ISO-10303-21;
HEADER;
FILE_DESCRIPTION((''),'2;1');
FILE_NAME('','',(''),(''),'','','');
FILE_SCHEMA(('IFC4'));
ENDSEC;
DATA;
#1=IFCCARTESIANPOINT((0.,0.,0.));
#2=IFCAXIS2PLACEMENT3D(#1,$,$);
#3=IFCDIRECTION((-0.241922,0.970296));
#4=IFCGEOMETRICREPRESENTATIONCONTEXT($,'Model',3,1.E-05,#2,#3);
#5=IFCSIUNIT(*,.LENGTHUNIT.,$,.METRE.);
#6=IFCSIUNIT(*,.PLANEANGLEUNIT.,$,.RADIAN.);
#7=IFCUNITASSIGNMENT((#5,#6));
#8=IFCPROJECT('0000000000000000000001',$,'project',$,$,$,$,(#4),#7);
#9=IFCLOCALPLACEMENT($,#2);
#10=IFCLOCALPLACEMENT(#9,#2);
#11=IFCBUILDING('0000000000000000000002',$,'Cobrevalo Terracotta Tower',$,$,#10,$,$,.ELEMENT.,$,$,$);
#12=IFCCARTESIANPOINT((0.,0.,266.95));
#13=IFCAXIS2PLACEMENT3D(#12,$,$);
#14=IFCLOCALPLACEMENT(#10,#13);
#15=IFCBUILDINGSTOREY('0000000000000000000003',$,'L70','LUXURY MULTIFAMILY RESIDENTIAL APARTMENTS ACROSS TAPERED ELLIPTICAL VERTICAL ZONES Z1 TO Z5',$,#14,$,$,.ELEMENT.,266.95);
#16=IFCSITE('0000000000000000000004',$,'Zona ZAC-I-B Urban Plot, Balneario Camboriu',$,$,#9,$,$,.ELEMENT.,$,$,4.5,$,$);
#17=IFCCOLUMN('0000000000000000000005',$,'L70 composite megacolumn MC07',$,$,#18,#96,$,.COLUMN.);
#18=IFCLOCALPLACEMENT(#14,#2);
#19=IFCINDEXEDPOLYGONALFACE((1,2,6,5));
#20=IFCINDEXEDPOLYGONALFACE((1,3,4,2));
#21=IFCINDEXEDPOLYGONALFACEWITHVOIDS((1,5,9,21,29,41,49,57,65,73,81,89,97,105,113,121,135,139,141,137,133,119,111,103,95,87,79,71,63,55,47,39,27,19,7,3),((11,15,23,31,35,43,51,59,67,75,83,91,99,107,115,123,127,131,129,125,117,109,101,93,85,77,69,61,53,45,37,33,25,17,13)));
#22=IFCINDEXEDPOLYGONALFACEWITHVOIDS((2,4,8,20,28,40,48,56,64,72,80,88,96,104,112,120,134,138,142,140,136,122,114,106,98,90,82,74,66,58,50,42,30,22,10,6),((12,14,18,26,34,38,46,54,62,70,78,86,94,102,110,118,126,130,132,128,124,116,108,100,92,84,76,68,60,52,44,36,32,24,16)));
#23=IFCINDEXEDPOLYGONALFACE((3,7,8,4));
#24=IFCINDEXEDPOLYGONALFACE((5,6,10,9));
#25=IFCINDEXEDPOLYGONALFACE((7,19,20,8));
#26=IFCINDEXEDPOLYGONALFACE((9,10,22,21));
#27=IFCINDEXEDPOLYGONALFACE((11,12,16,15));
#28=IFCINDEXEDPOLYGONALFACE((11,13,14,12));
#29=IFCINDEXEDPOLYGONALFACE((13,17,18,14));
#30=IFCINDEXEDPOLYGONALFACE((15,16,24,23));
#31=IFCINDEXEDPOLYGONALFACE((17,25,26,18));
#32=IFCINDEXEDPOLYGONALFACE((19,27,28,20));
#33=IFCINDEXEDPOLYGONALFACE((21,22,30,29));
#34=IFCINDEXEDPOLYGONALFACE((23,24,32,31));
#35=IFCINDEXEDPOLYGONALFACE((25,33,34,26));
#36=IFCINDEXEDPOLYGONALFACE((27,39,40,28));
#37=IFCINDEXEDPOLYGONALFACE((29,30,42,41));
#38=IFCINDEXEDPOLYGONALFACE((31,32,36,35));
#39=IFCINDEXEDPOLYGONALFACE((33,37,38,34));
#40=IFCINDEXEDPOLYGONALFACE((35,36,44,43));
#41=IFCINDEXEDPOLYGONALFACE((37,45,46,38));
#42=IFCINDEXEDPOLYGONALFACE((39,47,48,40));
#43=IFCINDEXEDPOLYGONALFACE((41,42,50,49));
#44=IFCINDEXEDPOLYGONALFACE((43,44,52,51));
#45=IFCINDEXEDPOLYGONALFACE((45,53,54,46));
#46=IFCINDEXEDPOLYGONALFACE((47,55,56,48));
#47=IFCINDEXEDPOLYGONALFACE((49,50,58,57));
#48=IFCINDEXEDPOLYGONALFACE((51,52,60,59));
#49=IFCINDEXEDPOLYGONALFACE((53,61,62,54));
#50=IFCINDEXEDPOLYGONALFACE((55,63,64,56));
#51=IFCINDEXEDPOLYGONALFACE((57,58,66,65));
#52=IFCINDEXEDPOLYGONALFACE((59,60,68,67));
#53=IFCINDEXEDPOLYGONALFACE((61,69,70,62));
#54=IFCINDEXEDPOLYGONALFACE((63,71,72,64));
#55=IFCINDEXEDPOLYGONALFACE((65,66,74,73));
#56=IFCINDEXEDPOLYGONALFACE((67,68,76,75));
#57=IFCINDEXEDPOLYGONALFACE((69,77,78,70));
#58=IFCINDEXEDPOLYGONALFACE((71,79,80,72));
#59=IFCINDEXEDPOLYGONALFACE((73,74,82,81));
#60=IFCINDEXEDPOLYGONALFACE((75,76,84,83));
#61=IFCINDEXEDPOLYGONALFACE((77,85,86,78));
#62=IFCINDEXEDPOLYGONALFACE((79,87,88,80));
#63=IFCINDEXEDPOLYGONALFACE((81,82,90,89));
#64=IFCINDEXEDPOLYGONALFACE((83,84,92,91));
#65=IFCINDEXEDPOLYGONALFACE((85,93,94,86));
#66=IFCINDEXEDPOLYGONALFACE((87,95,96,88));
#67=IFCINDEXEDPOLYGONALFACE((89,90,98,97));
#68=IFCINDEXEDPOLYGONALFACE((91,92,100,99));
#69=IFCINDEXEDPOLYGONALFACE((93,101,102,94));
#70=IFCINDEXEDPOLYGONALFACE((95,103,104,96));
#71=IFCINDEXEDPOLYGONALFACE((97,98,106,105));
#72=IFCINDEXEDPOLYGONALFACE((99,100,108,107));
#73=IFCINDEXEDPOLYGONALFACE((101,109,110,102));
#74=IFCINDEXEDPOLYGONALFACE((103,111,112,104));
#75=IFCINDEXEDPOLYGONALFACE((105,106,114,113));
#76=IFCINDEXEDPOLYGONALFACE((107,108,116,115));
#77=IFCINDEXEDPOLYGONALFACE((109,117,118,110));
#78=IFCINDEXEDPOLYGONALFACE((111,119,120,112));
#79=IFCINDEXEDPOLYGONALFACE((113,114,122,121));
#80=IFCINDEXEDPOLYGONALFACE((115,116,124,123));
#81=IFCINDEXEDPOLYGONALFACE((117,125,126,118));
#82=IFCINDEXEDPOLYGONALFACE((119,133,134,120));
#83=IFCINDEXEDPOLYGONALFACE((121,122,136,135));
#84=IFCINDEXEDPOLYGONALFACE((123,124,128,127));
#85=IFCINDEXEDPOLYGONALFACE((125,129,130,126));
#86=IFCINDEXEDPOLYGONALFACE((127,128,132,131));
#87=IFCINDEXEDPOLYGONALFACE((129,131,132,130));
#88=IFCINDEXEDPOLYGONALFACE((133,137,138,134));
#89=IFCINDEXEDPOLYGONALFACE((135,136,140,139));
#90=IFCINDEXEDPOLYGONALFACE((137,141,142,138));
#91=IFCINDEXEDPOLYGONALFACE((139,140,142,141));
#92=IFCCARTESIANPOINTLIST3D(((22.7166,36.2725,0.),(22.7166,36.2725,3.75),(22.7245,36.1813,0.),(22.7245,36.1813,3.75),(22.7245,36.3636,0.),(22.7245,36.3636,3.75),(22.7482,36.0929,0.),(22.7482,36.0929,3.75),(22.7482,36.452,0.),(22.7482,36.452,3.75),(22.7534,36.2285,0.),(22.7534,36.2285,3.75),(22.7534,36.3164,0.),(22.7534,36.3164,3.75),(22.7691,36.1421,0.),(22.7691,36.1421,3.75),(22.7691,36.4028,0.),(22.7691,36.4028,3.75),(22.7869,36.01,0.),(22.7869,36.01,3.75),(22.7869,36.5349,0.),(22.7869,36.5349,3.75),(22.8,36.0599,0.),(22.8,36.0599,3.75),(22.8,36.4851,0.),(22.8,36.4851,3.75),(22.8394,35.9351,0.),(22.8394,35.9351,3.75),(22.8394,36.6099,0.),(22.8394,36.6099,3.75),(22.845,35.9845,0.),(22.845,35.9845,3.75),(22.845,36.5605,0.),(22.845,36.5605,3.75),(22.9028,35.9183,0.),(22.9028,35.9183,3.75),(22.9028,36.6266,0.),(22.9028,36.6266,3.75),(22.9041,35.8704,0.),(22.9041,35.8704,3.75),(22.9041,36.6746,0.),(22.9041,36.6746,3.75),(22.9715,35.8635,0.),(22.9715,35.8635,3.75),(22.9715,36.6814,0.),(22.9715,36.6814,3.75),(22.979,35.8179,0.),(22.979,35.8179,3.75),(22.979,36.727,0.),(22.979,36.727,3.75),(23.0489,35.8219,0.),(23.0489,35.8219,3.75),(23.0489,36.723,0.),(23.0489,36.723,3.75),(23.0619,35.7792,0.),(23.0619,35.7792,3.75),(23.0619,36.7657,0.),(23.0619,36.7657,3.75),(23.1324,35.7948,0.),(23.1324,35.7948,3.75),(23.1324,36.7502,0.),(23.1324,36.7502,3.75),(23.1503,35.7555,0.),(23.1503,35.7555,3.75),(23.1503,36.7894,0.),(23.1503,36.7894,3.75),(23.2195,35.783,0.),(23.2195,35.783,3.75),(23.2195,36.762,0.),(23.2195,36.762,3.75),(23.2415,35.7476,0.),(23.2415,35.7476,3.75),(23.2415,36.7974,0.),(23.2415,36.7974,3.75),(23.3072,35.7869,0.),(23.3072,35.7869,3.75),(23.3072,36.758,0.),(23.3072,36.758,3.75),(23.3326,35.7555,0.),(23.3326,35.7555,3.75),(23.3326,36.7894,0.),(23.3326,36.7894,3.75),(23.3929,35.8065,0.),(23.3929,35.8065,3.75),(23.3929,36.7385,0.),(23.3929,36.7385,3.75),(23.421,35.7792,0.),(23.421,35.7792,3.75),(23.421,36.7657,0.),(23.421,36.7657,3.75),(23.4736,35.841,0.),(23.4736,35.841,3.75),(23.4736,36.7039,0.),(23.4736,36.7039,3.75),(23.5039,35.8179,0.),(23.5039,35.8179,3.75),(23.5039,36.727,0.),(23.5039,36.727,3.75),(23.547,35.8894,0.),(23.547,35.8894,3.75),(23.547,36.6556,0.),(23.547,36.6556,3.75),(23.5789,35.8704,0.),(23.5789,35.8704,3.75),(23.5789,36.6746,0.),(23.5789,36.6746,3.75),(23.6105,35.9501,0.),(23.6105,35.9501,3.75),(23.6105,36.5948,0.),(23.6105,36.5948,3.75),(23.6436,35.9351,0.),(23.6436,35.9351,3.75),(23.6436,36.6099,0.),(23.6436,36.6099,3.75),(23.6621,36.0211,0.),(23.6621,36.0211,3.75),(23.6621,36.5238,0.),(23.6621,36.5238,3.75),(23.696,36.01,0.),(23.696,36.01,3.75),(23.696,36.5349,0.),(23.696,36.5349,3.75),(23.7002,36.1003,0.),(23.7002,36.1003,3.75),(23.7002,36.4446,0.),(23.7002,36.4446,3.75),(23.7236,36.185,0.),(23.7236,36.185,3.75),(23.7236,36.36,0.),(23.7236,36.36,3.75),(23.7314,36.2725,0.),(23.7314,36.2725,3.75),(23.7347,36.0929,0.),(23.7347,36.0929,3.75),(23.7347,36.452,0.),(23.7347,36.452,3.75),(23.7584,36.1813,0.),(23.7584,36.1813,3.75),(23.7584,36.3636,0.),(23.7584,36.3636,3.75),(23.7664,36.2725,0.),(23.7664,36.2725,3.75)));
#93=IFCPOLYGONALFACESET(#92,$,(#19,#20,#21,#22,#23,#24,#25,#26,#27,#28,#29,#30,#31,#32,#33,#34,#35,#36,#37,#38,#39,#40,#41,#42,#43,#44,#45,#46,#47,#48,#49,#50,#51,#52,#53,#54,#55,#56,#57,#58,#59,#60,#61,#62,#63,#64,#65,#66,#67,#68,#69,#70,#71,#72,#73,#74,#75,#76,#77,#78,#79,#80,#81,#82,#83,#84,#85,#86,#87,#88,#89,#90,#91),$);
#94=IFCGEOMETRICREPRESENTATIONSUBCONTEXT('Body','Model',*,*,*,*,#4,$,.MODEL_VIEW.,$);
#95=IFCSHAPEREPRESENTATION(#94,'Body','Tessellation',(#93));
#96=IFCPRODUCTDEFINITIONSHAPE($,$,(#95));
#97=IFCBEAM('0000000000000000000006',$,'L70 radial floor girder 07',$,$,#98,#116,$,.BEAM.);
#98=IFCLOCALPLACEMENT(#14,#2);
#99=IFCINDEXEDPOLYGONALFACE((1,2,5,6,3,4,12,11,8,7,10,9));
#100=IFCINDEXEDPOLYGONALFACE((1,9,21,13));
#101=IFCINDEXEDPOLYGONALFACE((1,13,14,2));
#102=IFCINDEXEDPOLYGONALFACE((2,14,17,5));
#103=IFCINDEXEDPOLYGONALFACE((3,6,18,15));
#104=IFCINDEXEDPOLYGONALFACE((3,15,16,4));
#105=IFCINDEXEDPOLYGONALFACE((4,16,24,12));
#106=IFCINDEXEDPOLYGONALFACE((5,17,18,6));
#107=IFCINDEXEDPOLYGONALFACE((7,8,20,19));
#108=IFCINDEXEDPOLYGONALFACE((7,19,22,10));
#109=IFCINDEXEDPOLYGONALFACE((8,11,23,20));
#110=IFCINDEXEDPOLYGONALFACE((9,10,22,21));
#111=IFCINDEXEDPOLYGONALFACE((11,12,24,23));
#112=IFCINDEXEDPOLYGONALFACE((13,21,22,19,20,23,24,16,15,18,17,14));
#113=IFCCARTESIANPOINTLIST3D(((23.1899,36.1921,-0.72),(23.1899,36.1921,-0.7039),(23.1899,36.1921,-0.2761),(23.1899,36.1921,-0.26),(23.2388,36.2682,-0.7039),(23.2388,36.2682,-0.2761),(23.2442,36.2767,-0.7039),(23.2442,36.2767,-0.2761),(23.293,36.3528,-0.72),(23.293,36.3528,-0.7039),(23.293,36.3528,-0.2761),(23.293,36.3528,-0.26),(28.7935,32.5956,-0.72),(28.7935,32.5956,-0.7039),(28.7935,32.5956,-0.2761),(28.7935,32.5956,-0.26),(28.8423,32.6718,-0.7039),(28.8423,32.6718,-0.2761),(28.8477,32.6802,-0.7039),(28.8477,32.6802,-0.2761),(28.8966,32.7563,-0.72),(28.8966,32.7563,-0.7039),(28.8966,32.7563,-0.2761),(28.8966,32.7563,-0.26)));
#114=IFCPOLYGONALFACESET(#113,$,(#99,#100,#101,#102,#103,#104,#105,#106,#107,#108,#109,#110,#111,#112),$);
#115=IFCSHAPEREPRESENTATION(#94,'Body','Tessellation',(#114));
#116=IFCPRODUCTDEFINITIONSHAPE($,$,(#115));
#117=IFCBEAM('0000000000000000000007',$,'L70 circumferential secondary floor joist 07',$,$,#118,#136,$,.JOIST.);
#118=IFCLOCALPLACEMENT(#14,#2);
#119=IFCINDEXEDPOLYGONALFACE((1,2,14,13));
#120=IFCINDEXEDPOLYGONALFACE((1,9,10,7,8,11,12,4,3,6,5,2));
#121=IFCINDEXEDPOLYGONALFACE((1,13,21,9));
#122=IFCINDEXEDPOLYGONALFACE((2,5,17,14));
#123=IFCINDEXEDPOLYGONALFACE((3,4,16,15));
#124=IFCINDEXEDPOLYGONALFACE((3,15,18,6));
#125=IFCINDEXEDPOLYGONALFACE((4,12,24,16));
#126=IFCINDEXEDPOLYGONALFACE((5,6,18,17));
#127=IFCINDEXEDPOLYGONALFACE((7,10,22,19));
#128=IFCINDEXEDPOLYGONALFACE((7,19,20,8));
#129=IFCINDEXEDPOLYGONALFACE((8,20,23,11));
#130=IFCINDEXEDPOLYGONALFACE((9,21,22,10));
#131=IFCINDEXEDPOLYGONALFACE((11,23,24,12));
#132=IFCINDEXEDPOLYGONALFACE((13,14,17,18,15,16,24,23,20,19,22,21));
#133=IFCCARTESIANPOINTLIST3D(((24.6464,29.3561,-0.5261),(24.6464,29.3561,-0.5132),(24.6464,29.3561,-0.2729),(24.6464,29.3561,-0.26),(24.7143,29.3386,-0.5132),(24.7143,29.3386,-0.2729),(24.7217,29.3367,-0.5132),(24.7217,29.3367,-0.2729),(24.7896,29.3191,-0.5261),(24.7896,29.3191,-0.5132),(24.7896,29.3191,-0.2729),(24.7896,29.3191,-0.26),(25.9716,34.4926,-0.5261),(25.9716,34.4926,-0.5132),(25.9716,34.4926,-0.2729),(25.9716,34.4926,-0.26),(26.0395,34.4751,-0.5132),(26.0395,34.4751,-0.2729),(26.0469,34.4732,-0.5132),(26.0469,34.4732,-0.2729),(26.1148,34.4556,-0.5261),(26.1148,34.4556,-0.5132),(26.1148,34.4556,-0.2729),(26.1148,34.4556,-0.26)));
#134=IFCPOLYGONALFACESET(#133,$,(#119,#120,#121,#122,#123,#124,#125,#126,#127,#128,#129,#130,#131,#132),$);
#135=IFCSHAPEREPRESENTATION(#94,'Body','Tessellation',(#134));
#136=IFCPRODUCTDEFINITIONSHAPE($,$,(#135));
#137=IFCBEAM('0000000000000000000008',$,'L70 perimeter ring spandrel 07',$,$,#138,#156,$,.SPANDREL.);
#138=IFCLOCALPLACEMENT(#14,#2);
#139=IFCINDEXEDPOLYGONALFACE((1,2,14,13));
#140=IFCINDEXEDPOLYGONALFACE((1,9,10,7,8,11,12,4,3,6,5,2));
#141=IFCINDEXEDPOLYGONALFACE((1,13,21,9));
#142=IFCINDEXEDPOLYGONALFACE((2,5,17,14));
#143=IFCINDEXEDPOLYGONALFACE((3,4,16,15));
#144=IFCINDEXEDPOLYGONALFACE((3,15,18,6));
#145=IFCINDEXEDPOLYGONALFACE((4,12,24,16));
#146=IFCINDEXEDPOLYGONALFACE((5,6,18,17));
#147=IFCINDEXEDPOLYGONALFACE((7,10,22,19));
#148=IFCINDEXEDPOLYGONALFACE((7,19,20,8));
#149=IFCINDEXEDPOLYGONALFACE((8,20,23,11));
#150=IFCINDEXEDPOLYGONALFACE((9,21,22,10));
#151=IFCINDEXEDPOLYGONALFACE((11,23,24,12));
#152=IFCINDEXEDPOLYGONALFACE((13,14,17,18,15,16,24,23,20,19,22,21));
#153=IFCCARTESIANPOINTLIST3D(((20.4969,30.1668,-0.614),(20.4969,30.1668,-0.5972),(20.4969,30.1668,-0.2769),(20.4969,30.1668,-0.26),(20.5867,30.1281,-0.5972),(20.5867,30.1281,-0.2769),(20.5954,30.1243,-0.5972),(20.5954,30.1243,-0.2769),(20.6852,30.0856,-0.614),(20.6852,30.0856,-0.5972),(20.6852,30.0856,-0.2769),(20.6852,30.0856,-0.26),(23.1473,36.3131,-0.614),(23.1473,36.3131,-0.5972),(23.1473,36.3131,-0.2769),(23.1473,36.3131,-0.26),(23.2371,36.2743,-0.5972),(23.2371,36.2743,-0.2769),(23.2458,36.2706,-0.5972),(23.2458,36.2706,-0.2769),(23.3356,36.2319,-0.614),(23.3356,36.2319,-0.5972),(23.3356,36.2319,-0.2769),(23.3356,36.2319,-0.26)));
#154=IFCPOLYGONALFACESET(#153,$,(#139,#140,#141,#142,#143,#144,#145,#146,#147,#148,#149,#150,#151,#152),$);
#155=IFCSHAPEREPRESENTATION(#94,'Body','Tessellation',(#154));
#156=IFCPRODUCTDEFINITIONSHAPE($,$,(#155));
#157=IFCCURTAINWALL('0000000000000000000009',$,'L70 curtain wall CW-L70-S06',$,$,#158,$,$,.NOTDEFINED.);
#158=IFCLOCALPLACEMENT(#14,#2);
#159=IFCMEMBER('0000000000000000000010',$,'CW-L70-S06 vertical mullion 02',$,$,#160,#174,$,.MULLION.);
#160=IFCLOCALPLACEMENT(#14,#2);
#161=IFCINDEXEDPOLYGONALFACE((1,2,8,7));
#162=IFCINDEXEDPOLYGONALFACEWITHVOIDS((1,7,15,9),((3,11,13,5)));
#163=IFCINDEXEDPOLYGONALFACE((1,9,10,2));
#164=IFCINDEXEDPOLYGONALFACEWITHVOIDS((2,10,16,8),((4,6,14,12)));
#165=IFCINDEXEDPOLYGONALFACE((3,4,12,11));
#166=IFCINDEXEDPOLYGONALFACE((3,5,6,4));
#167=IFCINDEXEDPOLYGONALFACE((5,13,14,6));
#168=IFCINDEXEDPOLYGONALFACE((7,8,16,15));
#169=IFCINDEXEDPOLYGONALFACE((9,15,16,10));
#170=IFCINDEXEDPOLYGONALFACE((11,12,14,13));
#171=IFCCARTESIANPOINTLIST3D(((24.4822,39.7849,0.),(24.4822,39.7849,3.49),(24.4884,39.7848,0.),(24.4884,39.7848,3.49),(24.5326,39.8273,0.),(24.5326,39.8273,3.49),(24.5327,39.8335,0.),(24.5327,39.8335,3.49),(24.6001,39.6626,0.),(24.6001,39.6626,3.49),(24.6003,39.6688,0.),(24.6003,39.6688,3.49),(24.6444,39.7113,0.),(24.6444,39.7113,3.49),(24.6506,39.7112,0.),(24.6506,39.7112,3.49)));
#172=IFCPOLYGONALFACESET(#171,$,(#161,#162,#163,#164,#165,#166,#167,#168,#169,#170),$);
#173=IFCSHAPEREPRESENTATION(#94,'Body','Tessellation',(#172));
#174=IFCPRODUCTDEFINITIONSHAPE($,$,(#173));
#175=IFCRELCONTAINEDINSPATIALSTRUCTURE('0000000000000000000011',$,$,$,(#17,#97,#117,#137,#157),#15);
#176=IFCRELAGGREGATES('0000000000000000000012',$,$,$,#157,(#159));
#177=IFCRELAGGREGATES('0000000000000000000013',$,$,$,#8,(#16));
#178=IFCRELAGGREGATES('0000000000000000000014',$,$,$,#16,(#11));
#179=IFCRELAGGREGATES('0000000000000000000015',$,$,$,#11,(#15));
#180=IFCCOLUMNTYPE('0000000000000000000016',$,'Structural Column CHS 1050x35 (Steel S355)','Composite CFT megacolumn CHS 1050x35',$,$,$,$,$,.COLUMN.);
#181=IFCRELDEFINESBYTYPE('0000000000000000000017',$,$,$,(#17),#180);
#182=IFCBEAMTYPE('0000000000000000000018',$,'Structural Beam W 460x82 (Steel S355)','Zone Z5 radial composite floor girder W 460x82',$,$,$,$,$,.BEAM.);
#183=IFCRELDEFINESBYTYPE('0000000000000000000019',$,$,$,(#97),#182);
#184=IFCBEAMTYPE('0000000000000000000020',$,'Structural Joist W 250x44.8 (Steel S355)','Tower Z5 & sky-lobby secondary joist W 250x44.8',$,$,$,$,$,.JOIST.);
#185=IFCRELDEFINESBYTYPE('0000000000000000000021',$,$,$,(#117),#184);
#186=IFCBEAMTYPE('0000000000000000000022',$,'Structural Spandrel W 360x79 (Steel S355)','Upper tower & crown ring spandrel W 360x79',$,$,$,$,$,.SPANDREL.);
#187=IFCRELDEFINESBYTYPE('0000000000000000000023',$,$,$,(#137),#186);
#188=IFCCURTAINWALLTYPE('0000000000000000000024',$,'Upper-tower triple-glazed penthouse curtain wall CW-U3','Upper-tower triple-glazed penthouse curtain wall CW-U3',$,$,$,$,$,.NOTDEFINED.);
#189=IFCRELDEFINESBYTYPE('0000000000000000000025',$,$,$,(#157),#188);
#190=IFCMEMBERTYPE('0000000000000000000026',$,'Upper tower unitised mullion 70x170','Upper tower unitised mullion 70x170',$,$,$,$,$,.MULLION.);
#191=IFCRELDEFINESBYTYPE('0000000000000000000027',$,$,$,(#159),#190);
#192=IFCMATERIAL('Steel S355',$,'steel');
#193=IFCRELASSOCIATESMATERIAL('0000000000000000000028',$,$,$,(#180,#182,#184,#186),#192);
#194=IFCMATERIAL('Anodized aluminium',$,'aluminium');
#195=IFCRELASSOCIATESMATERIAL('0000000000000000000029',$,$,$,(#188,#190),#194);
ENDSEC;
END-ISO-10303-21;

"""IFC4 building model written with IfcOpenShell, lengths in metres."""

from ifc_helpers import new_model, si_unit, direction, frame, origin, origin_2d, place, context, subcontext, project, spatial, hollow_rectangle, hollow_circle, i_section, extrude, source, transform, mapped, material, material_profile, profile_set, type_object, element, aggregate, save


model = new_model("IFC4")

# Units and contexts
model_context = context("Model", 3, precision=1e-05, world=origin(), true_north=direction((-0.241922, 0.970296)))
body_context = subcontext(model_context, "Body", "Model", "MODEL_VIEW")
ifc_project = project(units=[si_unit("LENGTHUNIT", "METRE"), si_unit("PLANEANGLEUNIT", "RADIAN")], contexts=[model_context])

# Site, building, storey
site_placement = place(None, origin())
site = spatial("IfcSite", under=ifc_project, at=site_placement, Name="Zona ZAC-I-B Urban Plot, Balneario Camboriu", CompositionType="ELEMENT", RefElevation=4.5)
building_placement = place(site_placement, origin())
building = spatial("IfcBuilding", under=site, at=building_placement, Name="Cobrevalo Terracotta Tower", CompositionType="ELEMENT")
storey_placement = place(building_placement, frame((0.0, 0.0, 266.95)))
storey = spatial("IfcBuildingStorey", under=building, at=storey_placement, Name="L70", Description="LUXURY MULTIFAMILY RESIDENTIAL APARTMENTS ACROSS TAPERED ELLIPTICAL VERTICAL ZONES Z1 TO Z5", CompositionType="ELEMENT", Elevation=266.95)

# Column
ifc_material_1 = material(Name="Steel S355", Category="steel")
ifc_material_profile_1 = material_profile(ifc_material_1, hollow_circle(Radius=0.5249, WallThickness=0.0349, at=origin_2d()), Name="CHS 1050x35")
ifc_profile_set_1 = profile_set([ifc_material_profile_1], Name="Steel S355")
column_type = type_object("IfcColumnType", Name="Structural Column CHS 1050x35 (Steel S355)", Description="Composite CFT megacolumn CHS 1050x35", PredefinedType="COLUMN", material=ifc_profile_set_1)
column_placement = place(storey_placement, frame((23.2415, 36.2725, 0.0), z_axis=(0.0, 0.0, 1.0), x_axis=(1.0, 0.0, 0.0)))
element("IfcColumn", 1, at=column_placement, inside=storey, type_object=column_type, Name="L70 composite megacolumn MC07", PredefinedType="COLUMN", context=body_context, shape_type="SweptSolid", body=[
    extrude(hollow_circle(Radius=0.5249, WallThickness=0.0349, at=origin_2d()), origin(), (0.0, 0.0, 1.0), 3.75),
])

# Beams
ifc_material_profile_2 = material_profile(ifc_material_1, i_section(OverallWidth=0.1909, OverallDepth=0.46, WebThickness=0.01, FlangeThickness=0.0161, at=origin_2d()), Name="W 460x82")
ifc_profile_set_2 = profile_set([ifc_material_profile_2], Name="Steel S355")
beam_type_1 = type_object("IfcBeamType", Name="Structural Beam W 460x82 (Steel S355)", Description="Zone Z5 radial composite floor girder W 460x82", PredefinedType="BEAM", material=ifc_profile_set_2)
beam_1_placement = place(storey_placement, frame((23.2415, 36.2725, -0.49), z_axis=(0.841576, -0.540138, 0.0), x_axis=(0.540138, 0.841576, 0.0)))
element("IfcBeam", 2, at=beam_1_placement, inside=storey, type_object=beam_type_1, Name="L70 radial floor girder 07", PredefinedType="BEAM", context=body_context, shape_type="SweptSolid", body=[
    extrude(i_section(OverallWidth=0.1909, OverallDepth=0.46, WebThickness=0.01, FlangeThickness=0.0161, at=origin_2d()), origin(), (0.0, 0.0, 1.0), 6.6584),
])
ifc_material_profile_3 = material_profile(ifc_material_1, i_section(OverallWidth=0.1479, OverallDepth=0.2661, WebThickness=0.0076, FlangeThickness=0.0129, at=origin_2d()), Name="W 250x44.8")
ifc_profile_set_3 = profile_set([ifc_material_profile_3], Name="Steel S355")
beam_type_2 = type_object("IfcBeamType", Name="Structural Joist W 250x44.8 (Steel S355)", Description="Tower Z5 & sky-lobby secondary joist W 250x44.8", PredefinedType="JOIST", material=ifc_profile_set_3)
beam_2_placement = place(storey_placement, frame((26.0432, 34.4741, -0.3931), z_axis=(-0.249817, -0.968293, 0.0), x_axis=(0.968293, -0.249817, 0.0)))
element("IfcBeam", 3, at=beam_2_placement, inside=storey, type_object=beam_type_2, Name="L70 circumferential secondary floor joist 07", PredefinedType="JOIST", context=body_context, shape_type="SweptSolid", body=[
    extrude(i_section(OverallWidth=0.1479, OverallDepth=0.2661, WebThickness=0.0076, FlangeThickness=0.0129, at=origin_2d()), origin(), (0.0, 0.0, 1.0), 5.3047),
])
ifc_material_profile_4 = material_profile(ifc_material_1, i_section(OverallWidth=0.2051, OverallDepth=0.354, WebThickness=0.0095, FlangeThickness=0.0168, at=origin_2d()), Name="W 360x79")
ifc_profile_set_4 = profile_set([ifc_material_profile_4], Name="Steel S355")
beam_type_3 = type_object("IfcBeamType", Name="Structural Spandrel W 360x79 (Steel S355)", Description="Upper tower & crown ring spandrel W 360x79", PredefinedType="SPANDREL", material=ifc_profile_set_4)
beam_3_placement = place(storey_placement, frame((23.2415, 36.2725, -0.437), z_axis=(-0.395974, -0.918262, 0.0), x_axis=(0.918262, -0.395974, 0.0)))
element("IfcBeam", 4, at=beam_3_placement, inside=storey, type_object=beam_type_3, Name="L70 perimeter ring spandrel 07", PredefinedType="SPANDREL", context=body_context, shape_type="SweptSolid", body=[
    extrude(i_section(OverallWidth=0.2051, OverallDepth=0.354, WebThickness=0.0095, FlangeThickness=0.0168, at=origin_2d()), origin(), (0.0, 0.0, 1.0), 6.6934),
])

# Curtain wall, member
ifc_material_2 = material(Name="Anodized aluminium", Category="aluminium")
curtain_wall_type = type_object("IfcCurtainWallType", Name="Upper-tower triple-glazed penthouse curtain wall CW-U3", Description="Upper-tower triple-glazed penthouse curtain wall CW-U3", PredefinedType="NOTDEFINED", material=ifc_material_2)
curtain_wall_1_placement = place(storey_placement, origin())
curtain_wall_1 = element("IfcCurtainWall", 5, at=curtain_wall_1_placement, inside=storey, type_object=curtain_wall_type, Name="L70 curtain wall CW-L70-S06", PredefinedType="NOTDEFINED")
ifc_material_profile_5 = material_profile(ifc_material_2, hollow_rectangle(XDim=0.0701, YDim=0.1699, WallThickness=0.0044, at=origin_2d()), Name="CWM 70x170")
ifc_profile_set_5 = profile_set([ifc_material_profile_5], Name="Anodized aluminium")
member_type_1 = type_object("IfcMemberType", Name="Upper tower unitised mullion 70x170", Description="Upper tower unitised mullion 70x170", PredefinedType="MULLION", material=ifc_profile_set_5)
shared_shape_1 = source(origin(), body_context, "Body", "SweptSolid", [
    extrude(hollow_rectangle(XDim=0.0701, YDim=0.1699, WallThickness=0.0044, at=origin_2d()), origin(), (0.0, 0.0, 1.0), 3.49),
])
member_1_placement = place(storey_placement, frame((24.5664, 39.748, 0.0), z_axis=(0.0, 0.0, 1.0), x_axis=(-0.719994, -0.69398, 0.0)))
member_1 = element("IfcMember", 6, at=member_1_placement, type_object=member_type_1, Name="CW-L70-S06 vertical mullion 02", PredefinedType="MULLION", context=body_context, shape_type="MappedRepresentation", body=[
    mapped(shared_shape_1, transform((0.0, 0.0, 0.0), scale=1.0)),
])

aggregate(curtain_wall_1, [member_1])

save(model, "model.ifc")
